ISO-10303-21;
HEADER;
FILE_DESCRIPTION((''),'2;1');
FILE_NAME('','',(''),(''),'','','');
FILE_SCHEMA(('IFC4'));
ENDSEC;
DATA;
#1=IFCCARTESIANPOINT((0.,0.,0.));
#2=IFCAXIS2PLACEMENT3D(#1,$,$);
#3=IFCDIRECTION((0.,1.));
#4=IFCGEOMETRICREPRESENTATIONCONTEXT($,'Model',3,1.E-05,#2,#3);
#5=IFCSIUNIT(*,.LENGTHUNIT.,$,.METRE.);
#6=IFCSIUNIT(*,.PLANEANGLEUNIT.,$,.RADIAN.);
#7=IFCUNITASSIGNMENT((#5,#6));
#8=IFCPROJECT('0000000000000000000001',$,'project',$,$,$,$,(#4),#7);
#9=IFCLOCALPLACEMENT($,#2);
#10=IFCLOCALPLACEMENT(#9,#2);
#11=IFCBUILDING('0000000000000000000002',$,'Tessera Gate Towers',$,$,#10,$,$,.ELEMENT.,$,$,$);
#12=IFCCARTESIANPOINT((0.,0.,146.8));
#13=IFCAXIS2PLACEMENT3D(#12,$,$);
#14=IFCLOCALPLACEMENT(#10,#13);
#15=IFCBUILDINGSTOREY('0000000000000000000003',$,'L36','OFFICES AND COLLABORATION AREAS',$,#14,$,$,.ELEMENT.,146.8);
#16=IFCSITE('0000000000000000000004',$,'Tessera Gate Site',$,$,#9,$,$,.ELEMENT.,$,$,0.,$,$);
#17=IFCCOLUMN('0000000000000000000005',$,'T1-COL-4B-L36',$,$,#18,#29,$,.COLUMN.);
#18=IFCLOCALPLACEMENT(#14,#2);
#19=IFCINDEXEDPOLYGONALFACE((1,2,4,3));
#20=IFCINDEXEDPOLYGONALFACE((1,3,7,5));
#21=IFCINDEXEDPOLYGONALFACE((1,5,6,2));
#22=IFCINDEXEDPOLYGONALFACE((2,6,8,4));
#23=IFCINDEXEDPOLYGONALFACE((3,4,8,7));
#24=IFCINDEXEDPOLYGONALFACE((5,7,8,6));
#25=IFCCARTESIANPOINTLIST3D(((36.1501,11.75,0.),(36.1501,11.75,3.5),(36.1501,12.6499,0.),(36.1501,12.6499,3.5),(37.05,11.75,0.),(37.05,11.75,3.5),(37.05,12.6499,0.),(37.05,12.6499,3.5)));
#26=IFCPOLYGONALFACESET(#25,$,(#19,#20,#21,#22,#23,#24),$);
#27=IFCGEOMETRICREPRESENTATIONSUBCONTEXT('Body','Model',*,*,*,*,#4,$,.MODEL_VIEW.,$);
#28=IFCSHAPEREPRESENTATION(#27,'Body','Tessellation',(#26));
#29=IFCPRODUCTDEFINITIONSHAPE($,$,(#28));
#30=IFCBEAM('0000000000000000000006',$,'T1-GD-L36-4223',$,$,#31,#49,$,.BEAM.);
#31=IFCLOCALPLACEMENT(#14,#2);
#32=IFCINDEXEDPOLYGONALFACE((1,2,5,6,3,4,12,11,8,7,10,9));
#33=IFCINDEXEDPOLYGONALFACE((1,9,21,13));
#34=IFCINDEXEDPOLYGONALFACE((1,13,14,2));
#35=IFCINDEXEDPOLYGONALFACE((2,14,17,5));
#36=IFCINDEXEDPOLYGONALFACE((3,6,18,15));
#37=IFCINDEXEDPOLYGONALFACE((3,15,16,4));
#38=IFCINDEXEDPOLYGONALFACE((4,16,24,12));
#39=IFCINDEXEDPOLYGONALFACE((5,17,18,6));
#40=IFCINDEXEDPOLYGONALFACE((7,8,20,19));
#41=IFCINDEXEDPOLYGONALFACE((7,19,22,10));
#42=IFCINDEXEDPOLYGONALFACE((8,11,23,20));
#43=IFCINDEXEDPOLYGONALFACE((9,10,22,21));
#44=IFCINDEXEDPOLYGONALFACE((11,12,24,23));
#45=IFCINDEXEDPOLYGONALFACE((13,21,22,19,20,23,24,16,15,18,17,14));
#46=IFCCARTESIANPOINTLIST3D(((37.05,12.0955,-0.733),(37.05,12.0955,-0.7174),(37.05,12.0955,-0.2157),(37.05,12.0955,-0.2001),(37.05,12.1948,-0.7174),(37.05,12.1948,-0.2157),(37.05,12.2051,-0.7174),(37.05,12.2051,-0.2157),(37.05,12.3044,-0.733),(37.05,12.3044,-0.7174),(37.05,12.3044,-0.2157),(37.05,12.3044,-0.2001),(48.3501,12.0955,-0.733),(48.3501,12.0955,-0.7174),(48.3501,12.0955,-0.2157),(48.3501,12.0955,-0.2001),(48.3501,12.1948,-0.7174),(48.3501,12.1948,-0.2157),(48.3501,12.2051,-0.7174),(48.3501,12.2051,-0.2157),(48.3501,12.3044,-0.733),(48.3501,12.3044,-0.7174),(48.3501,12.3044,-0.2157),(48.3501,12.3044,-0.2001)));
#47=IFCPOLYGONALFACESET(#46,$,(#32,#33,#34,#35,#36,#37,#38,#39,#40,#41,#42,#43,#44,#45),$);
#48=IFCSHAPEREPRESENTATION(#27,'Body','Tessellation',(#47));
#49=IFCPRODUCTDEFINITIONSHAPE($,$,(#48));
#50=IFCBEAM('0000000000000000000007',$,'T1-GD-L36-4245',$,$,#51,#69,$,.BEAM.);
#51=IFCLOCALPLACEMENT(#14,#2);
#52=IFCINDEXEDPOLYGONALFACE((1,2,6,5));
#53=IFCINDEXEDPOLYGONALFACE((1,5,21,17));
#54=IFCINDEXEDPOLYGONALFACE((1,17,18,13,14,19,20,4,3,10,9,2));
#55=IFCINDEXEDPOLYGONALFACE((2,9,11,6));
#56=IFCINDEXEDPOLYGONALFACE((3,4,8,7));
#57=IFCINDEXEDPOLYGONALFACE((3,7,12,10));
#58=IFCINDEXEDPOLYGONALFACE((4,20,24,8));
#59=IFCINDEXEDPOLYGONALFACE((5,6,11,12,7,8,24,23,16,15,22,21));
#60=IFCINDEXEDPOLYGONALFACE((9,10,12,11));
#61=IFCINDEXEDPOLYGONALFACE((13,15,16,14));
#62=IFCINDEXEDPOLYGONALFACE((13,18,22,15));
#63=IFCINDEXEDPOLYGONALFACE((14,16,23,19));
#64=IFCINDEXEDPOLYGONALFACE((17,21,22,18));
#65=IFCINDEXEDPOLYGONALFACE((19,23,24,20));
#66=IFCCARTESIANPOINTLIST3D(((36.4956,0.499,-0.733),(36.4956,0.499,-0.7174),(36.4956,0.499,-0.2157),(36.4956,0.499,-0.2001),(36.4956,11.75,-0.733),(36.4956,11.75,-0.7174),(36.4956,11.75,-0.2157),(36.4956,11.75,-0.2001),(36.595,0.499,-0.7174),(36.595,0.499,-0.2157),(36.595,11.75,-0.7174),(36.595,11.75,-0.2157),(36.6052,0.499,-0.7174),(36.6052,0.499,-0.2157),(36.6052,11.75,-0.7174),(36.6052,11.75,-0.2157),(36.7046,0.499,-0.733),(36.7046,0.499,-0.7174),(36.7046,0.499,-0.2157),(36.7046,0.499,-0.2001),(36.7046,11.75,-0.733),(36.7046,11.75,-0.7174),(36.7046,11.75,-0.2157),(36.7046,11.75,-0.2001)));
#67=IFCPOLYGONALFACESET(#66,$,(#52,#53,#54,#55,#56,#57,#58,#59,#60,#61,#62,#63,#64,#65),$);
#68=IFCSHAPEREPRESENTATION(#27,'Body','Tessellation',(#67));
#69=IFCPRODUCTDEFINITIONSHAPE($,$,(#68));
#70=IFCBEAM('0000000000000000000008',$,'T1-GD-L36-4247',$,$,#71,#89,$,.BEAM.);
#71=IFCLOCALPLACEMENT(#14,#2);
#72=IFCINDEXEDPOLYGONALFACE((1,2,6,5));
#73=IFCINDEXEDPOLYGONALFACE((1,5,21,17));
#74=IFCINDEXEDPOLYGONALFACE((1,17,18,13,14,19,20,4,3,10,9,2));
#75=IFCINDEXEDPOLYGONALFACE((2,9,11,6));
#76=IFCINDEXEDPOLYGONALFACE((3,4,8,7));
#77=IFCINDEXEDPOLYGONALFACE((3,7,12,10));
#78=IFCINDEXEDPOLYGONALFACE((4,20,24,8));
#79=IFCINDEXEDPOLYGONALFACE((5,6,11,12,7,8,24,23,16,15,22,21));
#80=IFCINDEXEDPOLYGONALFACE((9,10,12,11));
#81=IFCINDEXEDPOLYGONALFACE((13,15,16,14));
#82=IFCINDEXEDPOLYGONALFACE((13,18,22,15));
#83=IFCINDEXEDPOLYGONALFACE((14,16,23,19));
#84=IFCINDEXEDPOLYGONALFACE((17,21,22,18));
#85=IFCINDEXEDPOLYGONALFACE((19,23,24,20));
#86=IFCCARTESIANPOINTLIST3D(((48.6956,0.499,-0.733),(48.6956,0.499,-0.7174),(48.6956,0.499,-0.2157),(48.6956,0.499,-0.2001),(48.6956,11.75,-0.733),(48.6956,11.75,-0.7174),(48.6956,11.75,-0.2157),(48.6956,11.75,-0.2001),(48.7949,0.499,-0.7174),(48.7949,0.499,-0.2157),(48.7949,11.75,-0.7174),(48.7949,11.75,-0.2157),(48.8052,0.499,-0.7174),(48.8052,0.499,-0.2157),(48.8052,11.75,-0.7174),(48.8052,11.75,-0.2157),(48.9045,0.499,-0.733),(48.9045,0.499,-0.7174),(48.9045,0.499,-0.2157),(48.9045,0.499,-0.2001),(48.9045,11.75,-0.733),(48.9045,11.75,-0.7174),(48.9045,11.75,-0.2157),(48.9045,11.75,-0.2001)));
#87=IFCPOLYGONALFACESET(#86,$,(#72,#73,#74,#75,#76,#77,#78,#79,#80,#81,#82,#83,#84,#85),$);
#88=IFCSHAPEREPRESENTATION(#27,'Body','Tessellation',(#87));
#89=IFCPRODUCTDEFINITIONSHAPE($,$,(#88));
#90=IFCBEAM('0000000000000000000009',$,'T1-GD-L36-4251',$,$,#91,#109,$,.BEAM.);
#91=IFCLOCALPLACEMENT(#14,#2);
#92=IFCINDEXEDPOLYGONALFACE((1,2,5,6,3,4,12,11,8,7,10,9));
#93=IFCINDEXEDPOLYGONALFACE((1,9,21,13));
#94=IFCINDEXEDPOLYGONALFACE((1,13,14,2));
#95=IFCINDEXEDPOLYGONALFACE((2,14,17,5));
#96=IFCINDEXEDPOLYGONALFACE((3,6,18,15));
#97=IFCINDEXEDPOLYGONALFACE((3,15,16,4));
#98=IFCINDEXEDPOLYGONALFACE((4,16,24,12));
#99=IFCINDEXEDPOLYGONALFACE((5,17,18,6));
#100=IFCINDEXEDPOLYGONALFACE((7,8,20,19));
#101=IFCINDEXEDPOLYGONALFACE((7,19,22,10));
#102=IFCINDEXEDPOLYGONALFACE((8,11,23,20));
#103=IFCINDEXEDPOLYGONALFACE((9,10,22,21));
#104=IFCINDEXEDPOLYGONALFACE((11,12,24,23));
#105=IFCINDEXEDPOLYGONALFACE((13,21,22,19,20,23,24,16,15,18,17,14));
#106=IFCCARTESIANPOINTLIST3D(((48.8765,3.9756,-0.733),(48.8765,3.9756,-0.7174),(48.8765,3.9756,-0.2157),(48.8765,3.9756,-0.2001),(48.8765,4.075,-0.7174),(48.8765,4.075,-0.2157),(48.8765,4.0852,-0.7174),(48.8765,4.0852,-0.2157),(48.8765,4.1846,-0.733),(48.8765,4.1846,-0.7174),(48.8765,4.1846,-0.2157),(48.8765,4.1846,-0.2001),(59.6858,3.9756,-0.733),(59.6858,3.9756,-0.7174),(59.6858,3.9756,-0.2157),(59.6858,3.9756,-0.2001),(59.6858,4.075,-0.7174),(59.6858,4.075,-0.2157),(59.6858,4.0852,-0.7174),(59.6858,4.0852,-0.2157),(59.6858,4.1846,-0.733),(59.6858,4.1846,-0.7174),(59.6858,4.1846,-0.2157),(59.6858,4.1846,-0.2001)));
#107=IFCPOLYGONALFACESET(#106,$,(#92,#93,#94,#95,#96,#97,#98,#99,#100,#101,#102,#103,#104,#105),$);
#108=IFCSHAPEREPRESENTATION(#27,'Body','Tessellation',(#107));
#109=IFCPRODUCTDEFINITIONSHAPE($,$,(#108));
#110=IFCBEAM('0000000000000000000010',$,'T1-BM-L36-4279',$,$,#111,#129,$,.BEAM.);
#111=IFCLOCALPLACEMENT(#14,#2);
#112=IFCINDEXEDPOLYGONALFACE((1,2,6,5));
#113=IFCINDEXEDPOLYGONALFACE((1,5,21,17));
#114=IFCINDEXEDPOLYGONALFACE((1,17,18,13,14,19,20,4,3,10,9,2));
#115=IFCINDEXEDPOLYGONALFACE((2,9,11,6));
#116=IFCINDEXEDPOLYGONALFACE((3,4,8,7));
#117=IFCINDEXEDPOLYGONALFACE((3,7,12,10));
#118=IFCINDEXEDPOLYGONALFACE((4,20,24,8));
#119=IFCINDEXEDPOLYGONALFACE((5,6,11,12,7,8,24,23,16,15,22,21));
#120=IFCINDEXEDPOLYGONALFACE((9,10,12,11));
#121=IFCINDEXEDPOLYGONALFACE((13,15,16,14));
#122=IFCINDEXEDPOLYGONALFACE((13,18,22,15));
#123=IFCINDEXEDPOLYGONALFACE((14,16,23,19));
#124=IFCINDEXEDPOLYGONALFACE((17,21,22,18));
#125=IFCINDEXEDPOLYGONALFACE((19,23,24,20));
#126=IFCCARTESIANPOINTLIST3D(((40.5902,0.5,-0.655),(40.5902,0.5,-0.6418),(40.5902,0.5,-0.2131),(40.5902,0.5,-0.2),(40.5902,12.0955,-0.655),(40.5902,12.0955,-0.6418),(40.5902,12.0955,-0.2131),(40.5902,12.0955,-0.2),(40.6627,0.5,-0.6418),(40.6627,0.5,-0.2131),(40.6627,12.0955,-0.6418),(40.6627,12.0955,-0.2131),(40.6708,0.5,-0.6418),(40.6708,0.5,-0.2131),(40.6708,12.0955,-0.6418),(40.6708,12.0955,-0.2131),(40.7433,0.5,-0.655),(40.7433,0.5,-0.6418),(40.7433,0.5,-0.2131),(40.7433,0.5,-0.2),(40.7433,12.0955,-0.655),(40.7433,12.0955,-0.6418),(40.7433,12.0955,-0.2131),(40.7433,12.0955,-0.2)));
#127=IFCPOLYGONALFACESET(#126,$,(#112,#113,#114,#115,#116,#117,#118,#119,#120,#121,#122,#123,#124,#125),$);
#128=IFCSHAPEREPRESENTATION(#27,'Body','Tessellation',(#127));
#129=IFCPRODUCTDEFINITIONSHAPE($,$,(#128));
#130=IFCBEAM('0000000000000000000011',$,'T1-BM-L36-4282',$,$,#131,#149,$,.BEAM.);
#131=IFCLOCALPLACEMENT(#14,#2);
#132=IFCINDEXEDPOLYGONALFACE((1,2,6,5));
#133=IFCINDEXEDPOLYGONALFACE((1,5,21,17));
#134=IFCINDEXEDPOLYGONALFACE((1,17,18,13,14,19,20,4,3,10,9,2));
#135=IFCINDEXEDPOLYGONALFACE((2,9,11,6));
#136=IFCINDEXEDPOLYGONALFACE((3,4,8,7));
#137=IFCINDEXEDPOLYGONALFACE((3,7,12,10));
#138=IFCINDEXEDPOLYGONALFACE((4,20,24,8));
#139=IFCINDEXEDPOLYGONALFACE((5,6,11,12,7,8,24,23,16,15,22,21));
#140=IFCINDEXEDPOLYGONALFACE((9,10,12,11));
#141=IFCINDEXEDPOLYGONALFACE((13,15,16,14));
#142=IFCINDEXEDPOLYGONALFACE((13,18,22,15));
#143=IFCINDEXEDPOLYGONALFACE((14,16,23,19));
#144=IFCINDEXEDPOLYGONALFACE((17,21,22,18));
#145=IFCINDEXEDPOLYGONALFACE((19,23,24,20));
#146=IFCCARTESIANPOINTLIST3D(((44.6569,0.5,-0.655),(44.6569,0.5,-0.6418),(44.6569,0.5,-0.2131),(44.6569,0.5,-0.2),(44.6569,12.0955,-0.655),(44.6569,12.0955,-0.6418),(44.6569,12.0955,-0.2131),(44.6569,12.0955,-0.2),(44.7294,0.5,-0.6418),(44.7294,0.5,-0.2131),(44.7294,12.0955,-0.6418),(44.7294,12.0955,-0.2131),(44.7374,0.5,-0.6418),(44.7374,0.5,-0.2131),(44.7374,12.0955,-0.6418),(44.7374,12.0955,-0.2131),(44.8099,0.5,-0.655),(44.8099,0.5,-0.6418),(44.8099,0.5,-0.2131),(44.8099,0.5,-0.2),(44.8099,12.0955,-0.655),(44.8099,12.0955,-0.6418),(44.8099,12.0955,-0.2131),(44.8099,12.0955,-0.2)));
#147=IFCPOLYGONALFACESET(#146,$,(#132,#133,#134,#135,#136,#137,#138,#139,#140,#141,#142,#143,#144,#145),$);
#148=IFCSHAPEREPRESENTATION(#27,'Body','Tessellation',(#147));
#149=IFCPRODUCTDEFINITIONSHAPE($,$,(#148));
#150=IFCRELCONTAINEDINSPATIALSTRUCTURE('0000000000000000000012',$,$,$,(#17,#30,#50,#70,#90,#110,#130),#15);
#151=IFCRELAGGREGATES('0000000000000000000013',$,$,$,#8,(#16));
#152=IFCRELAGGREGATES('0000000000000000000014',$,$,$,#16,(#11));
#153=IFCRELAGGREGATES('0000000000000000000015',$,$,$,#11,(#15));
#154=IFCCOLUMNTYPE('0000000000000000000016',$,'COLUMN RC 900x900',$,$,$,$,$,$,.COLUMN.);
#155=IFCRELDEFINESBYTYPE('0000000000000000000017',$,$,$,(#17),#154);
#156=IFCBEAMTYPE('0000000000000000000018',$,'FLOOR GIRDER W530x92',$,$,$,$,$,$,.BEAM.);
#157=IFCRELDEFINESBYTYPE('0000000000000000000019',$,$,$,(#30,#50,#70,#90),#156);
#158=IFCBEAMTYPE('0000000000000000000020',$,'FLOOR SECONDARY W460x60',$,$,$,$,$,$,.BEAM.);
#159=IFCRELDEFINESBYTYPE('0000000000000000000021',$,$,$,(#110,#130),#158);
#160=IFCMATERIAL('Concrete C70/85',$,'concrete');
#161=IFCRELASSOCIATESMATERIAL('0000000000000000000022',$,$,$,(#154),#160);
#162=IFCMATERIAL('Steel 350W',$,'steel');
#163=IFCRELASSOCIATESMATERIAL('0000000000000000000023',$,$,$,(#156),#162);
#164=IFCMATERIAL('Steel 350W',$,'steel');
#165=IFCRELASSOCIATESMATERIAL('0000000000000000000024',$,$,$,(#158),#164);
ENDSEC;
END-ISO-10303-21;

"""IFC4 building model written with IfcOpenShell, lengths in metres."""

from ifc_helpers import new_model, si_unit, direction, frame, origin, origin_2d, place, context, subcontext, project, spatial, rectangle, i_section, extrude, material, material_profile, profile_set, type_object, element, save


model = new_model("IFC4")

# Units and contexts
model_context = context("Model", 3, precision=1e-05, world=origin(), true_north=direction((0.0, 1.0)))
body_context = subcontext(model_context, "Body", "Model", "MODEL_VIEW")
ifc_project = project(units=[si_unit("LENGTHUNIT", "METRE"), si_unit("PLANEANGLEUNIT", "RADIAN")], contexts=[model_context])

# Site, building, storey
site_placement = place(None, origin())
site = spatial("IfcSite", under=ifc_project, at=site_placement, Name="Tessera Gate Site", CompositionType="ELEMENT", RefElevation=0.0)
building_placement = place(site_placement, origin())
building = spatial("IfcBuilding", under=site, at=building_placement, Name="Tessera Gate Towers", CompositionType="ELEMENT")
storey_placement = place(building_placement, frame((0.0, 0.0, 146.8)))
storey = spatial("IfcBuildingStorey", under=building, at=storey_placement, Name="L36", Description="OFFICES AND COLLABORATION AREAS", CompositionType="ELEMENT", Elevation=146.8)

# Column
ifc_material_1 = material(Name="Concrete C70/85", Category="concrete")
ifc_material_profile_1 = material_profile(ifc_material_1, rectangle(XDim=0.8999, YDim=0.8999, at=origin_2d()), Name="RC 900x900")
ifc_profile_set_1 = profile_set([ifc_material_profile_1], Name="Concrete C70/85")
column_type = type_object("IfcColumnType", Name="COLUMN RC 900x900", PredefinedType="COLUMN", material=ifc_profile_set_1)
column_placement = place(storey_placement, frame((36.6001, 12.2, 0.0), z_axis=(0.0, 0.0, 1.0), x_axis=(1.0, 0.0, 0.0)))
element("IfcColumn", 1, at=column_placement, inside=storey, type_object=column_type, Name="T1-COL-4B-L36", PredefinedType="COLUMN", context=body_context, shape_type="SweptSolid", body=[
    extrude(rectangle(XDim=0.8999, YDim=0.8999, at=origin_2d()), origin(), (0.0, 0.0, 1.0), 3.5),
])

# Beams
ifc_material_2 = material(Name="Steel 350W", Category="steel")
ifc_material_profile_2 = material_profile(ifc_material_2, i_section(OverallWidth=0.209, OverallDepth=0.533, WebThickness=0.0103, FlangeThickness=0.0156, at=origin_2d()), Name="W530x92")
ifc_profile_set_2 = profile_set([ifc_material_profile_2], Name="Steel 350W")
beam_type_1 = type_object("IfcBeamType", Name="FLOOR GIRDER W530x92", PredefinedType="BEAM", material=ifc_profile_set_2)
beam_1_placement = place(storey_placement, frame((37.05, 12.2, -0.4666), z_axis=(1.0, 0.0, 0.0), x_axis=(0.0, 1.0, 0.0)))
element("IfcBeam", 2, at=beam_1_placement, inside=storey, type_object=beam_type_1, Name="T1-GD-L36-4223", PredefinedType="BEAM", context=body_context, shape_type="SweptSolid", body=[
    extrude(i_section(OverallWidth=0.209, OverallDepth=0.533, WebThickness=0.0103, FlangeThickness=0.0156, at=origin_2d()), origin(), (0.0, 0.0, 1.0), 11.3),
])
for number, where, z_axis, x_axis, name in (
    (3, (36.6001, 0.499, -0.4666), (0.0, 1.0, 0.0), (-1.0, 0.0, 0.0), "T1-GD-L36-4245"),
    (4, (48.8, 0.499, -0.4666), (0.0, 1.0, 0.0), (-1.0, 0.0, 0.0), "T1-GD-L36-4247"),
):
    element("IfcBeam", number, at=place(storey_placement, frame(where, z_axis=z_axis, x_axis=x_axis)), inside=storey, type_object=beam_type_1, Name=name, PredefinedType="BEAM", context=body_context, shape_type="SweptSolid", body=[
        extrude(i_section(OverallWidth=0.209, OverallDepth=0.533, WebThickness=0.0103, FlangeThickness=0.0156, at=origin_2d()), origin(), (0.0, 0.0, 1.0), 11.251),
    ])
beam_2_placement = place(storey_placement, frame((48.8765, 4.0801, -0.4666), z_axis=(1.0, 0.0, 0.0), x_axis=(0.0, 1.0, 0.0)))
element("IfcBeam", 5, at=beam_2_placement, inside=storey, type_object=beam_type_1, Name="T1-GD-L36-4251", PredefinedType="BEAM", context=body_context, shape_type="SweptSolid", body=[
    extrude(i_section(OverallWidth=0.209, OverallDepth=0.533, WebThickness=0.0103, FlangeThickness=0.0156, at=origin_2d()), origin(), (0.0, 0.0, 1.0), 10.8093),
])
ifc_material_3 = material(Name="Steel 350W", Category="steel")
ifc_material_profile_3 = material_profile(ifc_material_3, i_section(OverallWidth=0.1531, OverallDepth=0.4551, WebThickness=0.0081, FlangeThickness=0.0132, at=origin_2d()), Name="W460x60")
ifc_profile_set_3 = profile_set([ifc_material_profile_3], Name="Steel 350W")
beam_type_2 = type_object("IfcBeamType", Name="FLOOR SECONDARY W460x60", PredefinedType="BEAM", material=ifc_profile_set_3)
for number, where, z_axis, x_axis, name in (
    (6, (40.6667, 0.5, -0.4275), (0.0, 1.0, 0.0), (-1.0, 0.0, 0.0), "T1-BM-L36-4279"),
    (7, (44.7334, 0.5, -0.4275), (0.0, 1.0, 0.0), (-1.0, 0.0, 0.0), "T1-BM-L36-4282"),
):
    element("IfcBeam", number, at=place(storey_placement, frame(where, z_axis=z_axis, x_axis=x_axis)), inside=storey, type_object=beam_type_2, Name=name, PredefinedType="BEAM", context=body_context, shape_type="SweptSolid", body=[
        extrude(i_section(OverallWidth=0.1531, OverallDepth=0.4551, WebThickness=0.0081, FlangeThickness=0.0132, at=origin_2d()), origin(), (0.0, 0.0, 1.0), 11.5955),
    ])

save(model, "model.ifc")
